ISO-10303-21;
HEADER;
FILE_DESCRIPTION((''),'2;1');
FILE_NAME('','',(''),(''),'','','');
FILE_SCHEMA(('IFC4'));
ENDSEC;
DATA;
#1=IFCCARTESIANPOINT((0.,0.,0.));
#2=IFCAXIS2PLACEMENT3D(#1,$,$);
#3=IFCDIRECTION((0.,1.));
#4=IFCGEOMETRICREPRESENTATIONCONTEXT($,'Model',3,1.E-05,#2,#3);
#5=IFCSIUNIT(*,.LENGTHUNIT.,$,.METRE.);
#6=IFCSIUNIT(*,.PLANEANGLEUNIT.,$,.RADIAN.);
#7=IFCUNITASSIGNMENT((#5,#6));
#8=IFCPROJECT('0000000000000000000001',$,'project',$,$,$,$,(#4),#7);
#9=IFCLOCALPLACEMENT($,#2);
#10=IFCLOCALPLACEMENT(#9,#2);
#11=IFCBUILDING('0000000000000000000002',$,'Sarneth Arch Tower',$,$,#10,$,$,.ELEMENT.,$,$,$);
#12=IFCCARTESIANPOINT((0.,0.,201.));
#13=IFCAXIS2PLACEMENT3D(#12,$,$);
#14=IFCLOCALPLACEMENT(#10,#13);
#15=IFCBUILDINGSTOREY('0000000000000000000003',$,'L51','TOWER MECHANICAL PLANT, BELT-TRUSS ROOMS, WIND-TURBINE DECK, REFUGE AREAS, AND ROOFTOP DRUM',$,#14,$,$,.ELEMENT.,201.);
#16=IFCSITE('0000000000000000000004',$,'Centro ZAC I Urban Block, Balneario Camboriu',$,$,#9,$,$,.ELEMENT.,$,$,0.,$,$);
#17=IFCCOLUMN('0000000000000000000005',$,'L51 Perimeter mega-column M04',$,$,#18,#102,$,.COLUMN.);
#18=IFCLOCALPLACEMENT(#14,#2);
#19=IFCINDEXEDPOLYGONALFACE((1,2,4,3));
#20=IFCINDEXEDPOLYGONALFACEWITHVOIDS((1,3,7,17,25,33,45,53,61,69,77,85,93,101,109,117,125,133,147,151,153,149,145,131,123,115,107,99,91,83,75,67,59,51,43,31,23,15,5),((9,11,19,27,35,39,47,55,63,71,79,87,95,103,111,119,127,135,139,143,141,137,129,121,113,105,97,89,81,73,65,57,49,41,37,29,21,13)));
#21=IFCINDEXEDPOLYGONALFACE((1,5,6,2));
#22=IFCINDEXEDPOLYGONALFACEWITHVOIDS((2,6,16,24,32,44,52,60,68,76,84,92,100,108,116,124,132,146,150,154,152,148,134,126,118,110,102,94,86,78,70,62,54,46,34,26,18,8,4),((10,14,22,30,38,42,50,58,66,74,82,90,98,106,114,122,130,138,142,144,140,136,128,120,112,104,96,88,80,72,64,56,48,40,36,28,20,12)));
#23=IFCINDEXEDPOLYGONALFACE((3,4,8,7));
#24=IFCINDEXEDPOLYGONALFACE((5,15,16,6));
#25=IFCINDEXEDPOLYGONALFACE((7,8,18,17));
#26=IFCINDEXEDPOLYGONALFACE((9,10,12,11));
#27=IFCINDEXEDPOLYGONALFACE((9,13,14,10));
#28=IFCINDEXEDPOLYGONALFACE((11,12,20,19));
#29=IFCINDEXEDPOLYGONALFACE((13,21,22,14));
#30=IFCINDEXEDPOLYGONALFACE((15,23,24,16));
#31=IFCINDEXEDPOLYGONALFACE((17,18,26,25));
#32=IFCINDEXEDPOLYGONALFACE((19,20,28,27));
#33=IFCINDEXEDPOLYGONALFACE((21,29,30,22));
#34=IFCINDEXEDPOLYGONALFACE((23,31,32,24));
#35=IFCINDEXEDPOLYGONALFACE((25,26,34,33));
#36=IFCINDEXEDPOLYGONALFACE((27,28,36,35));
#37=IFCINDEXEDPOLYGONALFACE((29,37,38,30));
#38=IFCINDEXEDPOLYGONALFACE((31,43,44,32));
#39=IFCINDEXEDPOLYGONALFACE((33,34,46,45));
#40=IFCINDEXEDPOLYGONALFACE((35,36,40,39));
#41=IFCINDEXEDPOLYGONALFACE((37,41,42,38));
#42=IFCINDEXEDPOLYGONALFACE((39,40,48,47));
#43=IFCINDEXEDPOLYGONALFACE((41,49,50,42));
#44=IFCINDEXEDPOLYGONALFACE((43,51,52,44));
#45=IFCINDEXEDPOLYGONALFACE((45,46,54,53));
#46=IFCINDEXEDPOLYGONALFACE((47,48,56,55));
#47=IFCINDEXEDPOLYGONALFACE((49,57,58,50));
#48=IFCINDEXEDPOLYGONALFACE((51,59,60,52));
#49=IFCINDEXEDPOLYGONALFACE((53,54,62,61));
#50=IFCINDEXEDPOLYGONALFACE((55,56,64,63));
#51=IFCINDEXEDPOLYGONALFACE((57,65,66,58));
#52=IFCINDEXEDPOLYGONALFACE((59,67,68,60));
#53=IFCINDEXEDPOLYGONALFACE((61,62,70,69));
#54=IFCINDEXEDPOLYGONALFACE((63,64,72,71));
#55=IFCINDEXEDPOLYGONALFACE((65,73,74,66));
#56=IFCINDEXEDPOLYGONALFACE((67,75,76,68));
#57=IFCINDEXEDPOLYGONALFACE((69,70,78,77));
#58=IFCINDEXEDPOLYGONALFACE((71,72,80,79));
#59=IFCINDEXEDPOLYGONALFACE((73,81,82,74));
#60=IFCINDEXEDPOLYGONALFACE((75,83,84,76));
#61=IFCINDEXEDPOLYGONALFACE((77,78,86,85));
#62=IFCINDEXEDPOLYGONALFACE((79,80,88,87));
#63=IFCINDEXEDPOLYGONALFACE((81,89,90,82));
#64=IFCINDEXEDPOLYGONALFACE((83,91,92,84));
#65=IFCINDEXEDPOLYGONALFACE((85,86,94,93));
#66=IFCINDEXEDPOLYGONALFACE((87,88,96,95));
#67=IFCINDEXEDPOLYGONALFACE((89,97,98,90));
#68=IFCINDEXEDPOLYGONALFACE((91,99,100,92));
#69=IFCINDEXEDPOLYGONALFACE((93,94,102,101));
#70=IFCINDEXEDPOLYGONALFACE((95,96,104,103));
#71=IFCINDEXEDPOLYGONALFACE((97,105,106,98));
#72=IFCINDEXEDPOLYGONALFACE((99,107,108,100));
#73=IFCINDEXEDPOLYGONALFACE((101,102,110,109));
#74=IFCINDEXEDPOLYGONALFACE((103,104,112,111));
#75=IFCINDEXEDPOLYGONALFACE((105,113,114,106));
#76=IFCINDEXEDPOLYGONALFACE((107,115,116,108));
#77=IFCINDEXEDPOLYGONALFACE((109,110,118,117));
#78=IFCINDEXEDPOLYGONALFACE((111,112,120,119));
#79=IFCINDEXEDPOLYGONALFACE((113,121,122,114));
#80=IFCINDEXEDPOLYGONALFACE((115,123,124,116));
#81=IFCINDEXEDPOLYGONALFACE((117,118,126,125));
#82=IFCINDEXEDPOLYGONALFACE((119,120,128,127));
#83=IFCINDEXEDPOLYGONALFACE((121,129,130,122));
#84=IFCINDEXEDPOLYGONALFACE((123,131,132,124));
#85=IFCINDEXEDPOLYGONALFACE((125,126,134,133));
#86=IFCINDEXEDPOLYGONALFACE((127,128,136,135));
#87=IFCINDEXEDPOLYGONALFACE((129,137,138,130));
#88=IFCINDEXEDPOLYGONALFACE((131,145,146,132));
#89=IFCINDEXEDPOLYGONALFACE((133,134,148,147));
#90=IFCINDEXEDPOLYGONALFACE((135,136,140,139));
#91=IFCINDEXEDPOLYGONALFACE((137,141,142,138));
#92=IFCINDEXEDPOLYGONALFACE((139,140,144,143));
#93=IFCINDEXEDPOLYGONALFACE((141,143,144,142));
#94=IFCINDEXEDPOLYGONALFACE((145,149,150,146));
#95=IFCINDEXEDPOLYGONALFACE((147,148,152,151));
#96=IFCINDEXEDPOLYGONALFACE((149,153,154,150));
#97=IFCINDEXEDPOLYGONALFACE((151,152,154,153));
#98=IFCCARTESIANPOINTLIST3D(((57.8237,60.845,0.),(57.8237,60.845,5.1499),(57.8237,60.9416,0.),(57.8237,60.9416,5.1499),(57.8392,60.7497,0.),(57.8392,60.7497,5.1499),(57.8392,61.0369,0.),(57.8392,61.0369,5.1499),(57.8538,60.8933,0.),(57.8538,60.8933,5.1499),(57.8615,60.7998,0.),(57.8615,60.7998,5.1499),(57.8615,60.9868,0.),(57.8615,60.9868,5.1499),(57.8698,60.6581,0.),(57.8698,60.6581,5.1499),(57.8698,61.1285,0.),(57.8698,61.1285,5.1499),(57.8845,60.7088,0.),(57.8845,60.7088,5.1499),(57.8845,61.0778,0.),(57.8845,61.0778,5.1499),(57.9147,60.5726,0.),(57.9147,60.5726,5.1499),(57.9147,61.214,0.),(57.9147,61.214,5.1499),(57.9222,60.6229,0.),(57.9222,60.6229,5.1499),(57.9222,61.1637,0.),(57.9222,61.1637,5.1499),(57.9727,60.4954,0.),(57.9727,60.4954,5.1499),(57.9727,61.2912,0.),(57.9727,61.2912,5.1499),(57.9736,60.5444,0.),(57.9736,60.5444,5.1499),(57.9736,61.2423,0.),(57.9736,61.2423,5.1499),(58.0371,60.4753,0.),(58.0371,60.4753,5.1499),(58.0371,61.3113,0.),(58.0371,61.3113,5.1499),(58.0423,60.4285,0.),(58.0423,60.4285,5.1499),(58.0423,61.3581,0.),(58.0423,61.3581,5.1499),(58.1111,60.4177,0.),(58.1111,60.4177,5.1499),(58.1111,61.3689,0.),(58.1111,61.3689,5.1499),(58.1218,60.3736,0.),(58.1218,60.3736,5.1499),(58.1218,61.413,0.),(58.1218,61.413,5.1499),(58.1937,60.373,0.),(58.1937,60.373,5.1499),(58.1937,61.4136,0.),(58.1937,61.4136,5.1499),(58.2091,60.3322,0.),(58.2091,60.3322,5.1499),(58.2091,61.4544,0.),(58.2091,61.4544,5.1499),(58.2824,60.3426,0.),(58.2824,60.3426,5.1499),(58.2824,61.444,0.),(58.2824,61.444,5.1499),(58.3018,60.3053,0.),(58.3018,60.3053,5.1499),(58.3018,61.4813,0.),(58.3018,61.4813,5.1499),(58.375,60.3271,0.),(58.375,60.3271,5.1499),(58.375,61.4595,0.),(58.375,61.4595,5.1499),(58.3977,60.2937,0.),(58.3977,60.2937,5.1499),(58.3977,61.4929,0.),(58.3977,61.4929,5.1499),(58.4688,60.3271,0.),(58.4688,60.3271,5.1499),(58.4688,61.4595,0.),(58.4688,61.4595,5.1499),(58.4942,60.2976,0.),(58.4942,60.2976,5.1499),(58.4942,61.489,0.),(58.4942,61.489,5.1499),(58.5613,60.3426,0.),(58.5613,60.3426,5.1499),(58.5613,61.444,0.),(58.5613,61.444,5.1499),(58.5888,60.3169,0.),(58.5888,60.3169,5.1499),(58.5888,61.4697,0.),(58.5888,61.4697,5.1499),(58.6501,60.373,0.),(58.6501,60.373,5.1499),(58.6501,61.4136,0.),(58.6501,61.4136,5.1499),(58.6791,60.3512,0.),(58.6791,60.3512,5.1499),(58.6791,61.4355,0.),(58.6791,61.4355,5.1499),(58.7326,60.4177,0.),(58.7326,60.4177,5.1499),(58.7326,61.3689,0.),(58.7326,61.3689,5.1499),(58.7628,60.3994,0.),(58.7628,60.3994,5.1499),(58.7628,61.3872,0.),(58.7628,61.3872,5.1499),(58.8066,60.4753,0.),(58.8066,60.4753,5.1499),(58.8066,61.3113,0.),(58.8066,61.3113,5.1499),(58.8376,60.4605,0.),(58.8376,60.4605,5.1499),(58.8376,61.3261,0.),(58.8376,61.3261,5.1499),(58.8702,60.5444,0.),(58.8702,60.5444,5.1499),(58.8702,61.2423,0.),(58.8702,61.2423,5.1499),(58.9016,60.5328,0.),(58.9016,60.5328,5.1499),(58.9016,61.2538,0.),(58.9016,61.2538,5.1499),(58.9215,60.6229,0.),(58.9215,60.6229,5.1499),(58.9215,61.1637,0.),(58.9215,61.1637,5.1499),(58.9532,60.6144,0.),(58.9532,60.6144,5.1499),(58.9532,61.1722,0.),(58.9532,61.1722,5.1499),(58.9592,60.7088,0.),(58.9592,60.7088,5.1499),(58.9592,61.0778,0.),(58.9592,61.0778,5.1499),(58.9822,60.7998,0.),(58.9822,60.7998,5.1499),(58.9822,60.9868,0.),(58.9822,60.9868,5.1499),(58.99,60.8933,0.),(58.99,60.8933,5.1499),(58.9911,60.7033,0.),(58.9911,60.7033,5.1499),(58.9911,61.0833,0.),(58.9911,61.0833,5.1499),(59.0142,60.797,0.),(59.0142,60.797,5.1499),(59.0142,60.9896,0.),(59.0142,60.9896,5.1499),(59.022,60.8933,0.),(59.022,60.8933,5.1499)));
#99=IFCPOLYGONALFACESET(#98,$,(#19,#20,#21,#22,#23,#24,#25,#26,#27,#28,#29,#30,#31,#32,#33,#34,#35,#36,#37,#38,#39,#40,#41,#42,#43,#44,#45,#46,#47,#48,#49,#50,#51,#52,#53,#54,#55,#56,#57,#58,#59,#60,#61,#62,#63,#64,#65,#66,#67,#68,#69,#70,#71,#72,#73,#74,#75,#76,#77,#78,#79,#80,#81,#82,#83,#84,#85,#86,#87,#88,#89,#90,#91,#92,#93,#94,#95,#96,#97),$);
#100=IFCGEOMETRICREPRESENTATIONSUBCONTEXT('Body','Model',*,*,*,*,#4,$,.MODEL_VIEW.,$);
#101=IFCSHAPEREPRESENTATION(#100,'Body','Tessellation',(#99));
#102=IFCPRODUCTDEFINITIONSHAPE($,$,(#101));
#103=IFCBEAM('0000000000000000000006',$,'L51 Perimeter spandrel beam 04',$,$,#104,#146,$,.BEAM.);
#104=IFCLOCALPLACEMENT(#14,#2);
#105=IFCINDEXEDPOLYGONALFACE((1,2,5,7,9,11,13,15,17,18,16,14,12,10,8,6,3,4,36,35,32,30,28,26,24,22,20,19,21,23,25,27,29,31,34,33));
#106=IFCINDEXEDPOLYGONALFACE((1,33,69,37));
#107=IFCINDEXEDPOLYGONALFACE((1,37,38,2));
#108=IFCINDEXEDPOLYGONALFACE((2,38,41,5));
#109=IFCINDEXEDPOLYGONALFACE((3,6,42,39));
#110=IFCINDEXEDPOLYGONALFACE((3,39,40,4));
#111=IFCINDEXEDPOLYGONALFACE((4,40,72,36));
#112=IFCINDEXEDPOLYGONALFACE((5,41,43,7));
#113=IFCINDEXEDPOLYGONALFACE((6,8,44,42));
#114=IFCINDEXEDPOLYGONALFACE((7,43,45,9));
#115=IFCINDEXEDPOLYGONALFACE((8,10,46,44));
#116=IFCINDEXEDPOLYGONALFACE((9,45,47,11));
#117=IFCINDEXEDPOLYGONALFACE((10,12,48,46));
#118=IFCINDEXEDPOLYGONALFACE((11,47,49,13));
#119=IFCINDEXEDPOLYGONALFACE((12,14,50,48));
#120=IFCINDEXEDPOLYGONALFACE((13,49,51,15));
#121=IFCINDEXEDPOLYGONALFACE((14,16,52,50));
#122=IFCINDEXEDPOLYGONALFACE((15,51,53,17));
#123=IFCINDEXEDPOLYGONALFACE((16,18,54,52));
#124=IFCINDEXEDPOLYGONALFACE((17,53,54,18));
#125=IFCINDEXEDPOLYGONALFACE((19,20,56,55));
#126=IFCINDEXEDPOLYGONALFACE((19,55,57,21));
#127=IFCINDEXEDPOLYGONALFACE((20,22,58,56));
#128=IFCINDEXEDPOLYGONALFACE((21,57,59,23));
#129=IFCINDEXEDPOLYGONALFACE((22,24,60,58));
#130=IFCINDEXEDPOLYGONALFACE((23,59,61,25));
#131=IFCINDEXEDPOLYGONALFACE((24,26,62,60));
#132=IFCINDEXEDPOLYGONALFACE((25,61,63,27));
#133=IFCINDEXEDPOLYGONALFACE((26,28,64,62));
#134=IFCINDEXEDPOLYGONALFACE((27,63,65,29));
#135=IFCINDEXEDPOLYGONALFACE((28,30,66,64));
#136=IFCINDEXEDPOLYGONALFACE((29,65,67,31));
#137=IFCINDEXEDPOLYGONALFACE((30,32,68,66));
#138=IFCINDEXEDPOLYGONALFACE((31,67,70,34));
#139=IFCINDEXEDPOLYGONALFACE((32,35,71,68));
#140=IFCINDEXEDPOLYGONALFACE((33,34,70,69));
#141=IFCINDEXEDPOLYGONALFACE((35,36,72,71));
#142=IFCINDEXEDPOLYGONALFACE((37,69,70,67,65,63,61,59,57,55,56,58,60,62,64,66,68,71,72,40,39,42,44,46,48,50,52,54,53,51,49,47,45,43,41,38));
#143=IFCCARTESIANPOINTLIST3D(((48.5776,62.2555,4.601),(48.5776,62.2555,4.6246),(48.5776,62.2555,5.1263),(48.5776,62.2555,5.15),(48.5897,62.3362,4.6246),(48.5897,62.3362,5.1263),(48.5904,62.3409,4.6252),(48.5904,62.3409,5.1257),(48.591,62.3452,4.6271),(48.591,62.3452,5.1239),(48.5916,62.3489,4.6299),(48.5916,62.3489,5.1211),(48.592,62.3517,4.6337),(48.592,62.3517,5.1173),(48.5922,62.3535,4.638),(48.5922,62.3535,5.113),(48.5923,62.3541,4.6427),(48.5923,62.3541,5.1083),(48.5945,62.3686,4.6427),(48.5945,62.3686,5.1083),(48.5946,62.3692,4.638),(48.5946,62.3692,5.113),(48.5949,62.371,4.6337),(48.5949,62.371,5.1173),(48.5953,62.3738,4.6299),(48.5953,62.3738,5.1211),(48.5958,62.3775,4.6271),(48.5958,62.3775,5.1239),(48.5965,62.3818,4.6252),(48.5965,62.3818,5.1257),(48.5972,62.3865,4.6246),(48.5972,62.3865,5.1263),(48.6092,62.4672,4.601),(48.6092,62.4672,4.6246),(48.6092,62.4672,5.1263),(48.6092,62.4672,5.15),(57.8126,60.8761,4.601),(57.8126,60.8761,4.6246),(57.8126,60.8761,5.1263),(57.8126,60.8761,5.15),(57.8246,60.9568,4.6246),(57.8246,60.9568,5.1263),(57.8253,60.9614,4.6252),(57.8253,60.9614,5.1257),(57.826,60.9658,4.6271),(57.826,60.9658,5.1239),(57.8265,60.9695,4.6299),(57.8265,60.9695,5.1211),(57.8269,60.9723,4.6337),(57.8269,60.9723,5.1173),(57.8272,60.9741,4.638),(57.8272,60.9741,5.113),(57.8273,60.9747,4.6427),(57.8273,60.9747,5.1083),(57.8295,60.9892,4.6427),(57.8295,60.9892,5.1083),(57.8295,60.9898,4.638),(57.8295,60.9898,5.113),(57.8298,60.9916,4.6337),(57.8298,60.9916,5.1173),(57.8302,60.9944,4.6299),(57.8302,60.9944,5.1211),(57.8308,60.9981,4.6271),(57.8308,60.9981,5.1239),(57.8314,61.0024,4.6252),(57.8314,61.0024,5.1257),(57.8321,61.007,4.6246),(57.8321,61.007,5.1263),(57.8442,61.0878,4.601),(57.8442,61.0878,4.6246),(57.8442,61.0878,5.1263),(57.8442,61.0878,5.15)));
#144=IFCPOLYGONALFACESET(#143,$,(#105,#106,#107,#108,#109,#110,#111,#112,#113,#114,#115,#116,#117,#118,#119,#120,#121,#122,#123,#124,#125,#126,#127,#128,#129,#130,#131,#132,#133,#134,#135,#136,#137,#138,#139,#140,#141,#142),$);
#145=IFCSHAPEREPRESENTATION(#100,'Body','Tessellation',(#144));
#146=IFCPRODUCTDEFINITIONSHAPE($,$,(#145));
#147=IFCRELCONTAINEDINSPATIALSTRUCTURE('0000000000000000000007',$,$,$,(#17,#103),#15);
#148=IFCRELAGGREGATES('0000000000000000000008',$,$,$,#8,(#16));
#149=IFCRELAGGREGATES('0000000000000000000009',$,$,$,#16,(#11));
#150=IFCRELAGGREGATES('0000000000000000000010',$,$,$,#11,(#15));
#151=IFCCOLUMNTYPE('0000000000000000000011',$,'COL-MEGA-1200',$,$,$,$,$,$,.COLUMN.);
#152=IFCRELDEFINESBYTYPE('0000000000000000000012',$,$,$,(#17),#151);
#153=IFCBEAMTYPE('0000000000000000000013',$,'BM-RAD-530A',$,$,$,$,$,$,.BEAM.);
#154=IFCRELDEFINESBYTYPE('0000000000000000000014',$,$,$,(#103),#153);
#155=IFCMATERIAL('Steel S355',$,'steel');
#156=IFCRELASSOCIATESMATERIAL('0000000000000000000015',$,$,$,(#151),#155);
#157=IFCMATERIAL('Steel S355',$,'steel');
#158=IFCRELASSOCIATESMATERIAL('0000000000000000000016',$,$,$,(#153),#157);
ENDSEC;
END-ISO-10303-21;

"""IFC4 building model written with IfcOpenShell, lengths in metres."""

from ifc_helpers import new_model, si_unit, direction, frame, origin, origin_2d, place, context, subcontext, project, spatial, hollow_circle, i_section, extrude, material, material_profile, profile_set, type_object, element, save


model = new_model("IFC4")

# Units and contexts
model_context = context("Model", 3, precision=1e-05, world=origin(), true_north=direction((0.0, 1.0)))
body_context = subcontext(model_context, "Body", "Model", "MODEL_VIEW")
ifc_project = project(units=[si_unit("LENGTHUNIT", "METRE"), si_unit("PLANEANGLEUNIT", "RADIAN")], contexts=[model_context])

# Site, building, storey
site_placement = place(None, origin())
site = spatial("IfcSite", under=ifc_project, at=site_placement, Name="Centro ZAC I Urban Block, Balneario Camboriu", CompositionType="ELEMENT", RefElevation=0.0)
building_placement = place(site_placement, origin())
building = spatial("IfcBuilding", under=site, at=building_placement, Name="Sarneth Arch Tower", CompositionType="ELEMENT")
storey_placement = place(building_placement, frame((0.0, 0.0, 201.0)))
storey = spatial("IfcBuildingStorey", under=building, at=storey_placement, Name="L51", Description="TOWER MECHANICAL PLANT, BELT-TRUSS ROOMS, WIND-TURBINE DECK, REFUGE AREAS, AND ROOFTOP DRUM", CompositionType="ELEMENT", Elevation=201.0)

# Column
ifc_material_1 = material(Name="Steel S355", Category="steel")
ifc_material_profile_1 = material_profile(ifc_material_1, hollow_circle(Radius=0.6001, WallThickness=0.032, at=origin_2d()), Name="CHS1200x32")
ifc_profile_set_1 = profile_set([ifc_material_profile_1], Name="Steel S355")
column_type = type_object("IfcColumnType", Name="COL-MEGA-1200", PredefinedType="COLUMN", material=ifc_profile_set_1)
column_placement = place(storey_placement, frame((58.4219, 60.8933, 0.0), z_axis=(0.0, 0.0, 1.0), x_axis=(1.0, 0.0, 0.0)))
element("IfcColumn", 1, at=column_placement, inside=storey, type_object=column_type, Name="L51 Perimeter mega-column M04", PredefinedType="COLUMN", context=body_context, shape_type="SweptSolid", body=[
    extrude(hollow_circle(Radius=0.6001, WallThickness=0.032, at=origin_2d()), origin(), (0.0, 0.0, 1.0), 5.1499),
])

# Beam
ifc_material_2 = material(Name="Steel S355", Category="steel")
ifc_material_profile_2 = material_profile(ifc_material_2, i_section(OverallWidth=0.2141, OverallDepth=0.5491, WebThickness=0.0146, FlangeThickness=0.0237, FilletRadius=0.0181, at=origin_2d()), Name="W530x138")
ifc_profile_set_2 = profile_set([ifc_material_profile_2], Name="Steel S355")
beam_type = type_object("IfcBeamType", Name="BM-RAD-530A", PredefinedType="BEAM", material=ifc_profile_set_2)
beam_placement = place(storey_placement, frame((57.8284, 60.9819, 4.8755), z_axis=(-0.989028, 0.147729, 0.0), x_axis=(-0.147729, -0.989028, 0.0)))
element("IfcBeam", 2, at=beam_placement, inside=storey, type_object=beam_type, Name="L51 Perimeter spandrel beam 04", PredefinedType="BEAM", context=body_context, shape_type="SweptSolid", body=[
    extrude(i_section(OverallWidth=0.2141, OverallDepth=0.5491, WebThickness=0.0146, FlangeThickness=0.0237, FilletRadius=0.0181, at=origin_2d()), origin(), (0.0, 0.0, 1.0), 9.3374),
])

save(model, "model.ifc")
